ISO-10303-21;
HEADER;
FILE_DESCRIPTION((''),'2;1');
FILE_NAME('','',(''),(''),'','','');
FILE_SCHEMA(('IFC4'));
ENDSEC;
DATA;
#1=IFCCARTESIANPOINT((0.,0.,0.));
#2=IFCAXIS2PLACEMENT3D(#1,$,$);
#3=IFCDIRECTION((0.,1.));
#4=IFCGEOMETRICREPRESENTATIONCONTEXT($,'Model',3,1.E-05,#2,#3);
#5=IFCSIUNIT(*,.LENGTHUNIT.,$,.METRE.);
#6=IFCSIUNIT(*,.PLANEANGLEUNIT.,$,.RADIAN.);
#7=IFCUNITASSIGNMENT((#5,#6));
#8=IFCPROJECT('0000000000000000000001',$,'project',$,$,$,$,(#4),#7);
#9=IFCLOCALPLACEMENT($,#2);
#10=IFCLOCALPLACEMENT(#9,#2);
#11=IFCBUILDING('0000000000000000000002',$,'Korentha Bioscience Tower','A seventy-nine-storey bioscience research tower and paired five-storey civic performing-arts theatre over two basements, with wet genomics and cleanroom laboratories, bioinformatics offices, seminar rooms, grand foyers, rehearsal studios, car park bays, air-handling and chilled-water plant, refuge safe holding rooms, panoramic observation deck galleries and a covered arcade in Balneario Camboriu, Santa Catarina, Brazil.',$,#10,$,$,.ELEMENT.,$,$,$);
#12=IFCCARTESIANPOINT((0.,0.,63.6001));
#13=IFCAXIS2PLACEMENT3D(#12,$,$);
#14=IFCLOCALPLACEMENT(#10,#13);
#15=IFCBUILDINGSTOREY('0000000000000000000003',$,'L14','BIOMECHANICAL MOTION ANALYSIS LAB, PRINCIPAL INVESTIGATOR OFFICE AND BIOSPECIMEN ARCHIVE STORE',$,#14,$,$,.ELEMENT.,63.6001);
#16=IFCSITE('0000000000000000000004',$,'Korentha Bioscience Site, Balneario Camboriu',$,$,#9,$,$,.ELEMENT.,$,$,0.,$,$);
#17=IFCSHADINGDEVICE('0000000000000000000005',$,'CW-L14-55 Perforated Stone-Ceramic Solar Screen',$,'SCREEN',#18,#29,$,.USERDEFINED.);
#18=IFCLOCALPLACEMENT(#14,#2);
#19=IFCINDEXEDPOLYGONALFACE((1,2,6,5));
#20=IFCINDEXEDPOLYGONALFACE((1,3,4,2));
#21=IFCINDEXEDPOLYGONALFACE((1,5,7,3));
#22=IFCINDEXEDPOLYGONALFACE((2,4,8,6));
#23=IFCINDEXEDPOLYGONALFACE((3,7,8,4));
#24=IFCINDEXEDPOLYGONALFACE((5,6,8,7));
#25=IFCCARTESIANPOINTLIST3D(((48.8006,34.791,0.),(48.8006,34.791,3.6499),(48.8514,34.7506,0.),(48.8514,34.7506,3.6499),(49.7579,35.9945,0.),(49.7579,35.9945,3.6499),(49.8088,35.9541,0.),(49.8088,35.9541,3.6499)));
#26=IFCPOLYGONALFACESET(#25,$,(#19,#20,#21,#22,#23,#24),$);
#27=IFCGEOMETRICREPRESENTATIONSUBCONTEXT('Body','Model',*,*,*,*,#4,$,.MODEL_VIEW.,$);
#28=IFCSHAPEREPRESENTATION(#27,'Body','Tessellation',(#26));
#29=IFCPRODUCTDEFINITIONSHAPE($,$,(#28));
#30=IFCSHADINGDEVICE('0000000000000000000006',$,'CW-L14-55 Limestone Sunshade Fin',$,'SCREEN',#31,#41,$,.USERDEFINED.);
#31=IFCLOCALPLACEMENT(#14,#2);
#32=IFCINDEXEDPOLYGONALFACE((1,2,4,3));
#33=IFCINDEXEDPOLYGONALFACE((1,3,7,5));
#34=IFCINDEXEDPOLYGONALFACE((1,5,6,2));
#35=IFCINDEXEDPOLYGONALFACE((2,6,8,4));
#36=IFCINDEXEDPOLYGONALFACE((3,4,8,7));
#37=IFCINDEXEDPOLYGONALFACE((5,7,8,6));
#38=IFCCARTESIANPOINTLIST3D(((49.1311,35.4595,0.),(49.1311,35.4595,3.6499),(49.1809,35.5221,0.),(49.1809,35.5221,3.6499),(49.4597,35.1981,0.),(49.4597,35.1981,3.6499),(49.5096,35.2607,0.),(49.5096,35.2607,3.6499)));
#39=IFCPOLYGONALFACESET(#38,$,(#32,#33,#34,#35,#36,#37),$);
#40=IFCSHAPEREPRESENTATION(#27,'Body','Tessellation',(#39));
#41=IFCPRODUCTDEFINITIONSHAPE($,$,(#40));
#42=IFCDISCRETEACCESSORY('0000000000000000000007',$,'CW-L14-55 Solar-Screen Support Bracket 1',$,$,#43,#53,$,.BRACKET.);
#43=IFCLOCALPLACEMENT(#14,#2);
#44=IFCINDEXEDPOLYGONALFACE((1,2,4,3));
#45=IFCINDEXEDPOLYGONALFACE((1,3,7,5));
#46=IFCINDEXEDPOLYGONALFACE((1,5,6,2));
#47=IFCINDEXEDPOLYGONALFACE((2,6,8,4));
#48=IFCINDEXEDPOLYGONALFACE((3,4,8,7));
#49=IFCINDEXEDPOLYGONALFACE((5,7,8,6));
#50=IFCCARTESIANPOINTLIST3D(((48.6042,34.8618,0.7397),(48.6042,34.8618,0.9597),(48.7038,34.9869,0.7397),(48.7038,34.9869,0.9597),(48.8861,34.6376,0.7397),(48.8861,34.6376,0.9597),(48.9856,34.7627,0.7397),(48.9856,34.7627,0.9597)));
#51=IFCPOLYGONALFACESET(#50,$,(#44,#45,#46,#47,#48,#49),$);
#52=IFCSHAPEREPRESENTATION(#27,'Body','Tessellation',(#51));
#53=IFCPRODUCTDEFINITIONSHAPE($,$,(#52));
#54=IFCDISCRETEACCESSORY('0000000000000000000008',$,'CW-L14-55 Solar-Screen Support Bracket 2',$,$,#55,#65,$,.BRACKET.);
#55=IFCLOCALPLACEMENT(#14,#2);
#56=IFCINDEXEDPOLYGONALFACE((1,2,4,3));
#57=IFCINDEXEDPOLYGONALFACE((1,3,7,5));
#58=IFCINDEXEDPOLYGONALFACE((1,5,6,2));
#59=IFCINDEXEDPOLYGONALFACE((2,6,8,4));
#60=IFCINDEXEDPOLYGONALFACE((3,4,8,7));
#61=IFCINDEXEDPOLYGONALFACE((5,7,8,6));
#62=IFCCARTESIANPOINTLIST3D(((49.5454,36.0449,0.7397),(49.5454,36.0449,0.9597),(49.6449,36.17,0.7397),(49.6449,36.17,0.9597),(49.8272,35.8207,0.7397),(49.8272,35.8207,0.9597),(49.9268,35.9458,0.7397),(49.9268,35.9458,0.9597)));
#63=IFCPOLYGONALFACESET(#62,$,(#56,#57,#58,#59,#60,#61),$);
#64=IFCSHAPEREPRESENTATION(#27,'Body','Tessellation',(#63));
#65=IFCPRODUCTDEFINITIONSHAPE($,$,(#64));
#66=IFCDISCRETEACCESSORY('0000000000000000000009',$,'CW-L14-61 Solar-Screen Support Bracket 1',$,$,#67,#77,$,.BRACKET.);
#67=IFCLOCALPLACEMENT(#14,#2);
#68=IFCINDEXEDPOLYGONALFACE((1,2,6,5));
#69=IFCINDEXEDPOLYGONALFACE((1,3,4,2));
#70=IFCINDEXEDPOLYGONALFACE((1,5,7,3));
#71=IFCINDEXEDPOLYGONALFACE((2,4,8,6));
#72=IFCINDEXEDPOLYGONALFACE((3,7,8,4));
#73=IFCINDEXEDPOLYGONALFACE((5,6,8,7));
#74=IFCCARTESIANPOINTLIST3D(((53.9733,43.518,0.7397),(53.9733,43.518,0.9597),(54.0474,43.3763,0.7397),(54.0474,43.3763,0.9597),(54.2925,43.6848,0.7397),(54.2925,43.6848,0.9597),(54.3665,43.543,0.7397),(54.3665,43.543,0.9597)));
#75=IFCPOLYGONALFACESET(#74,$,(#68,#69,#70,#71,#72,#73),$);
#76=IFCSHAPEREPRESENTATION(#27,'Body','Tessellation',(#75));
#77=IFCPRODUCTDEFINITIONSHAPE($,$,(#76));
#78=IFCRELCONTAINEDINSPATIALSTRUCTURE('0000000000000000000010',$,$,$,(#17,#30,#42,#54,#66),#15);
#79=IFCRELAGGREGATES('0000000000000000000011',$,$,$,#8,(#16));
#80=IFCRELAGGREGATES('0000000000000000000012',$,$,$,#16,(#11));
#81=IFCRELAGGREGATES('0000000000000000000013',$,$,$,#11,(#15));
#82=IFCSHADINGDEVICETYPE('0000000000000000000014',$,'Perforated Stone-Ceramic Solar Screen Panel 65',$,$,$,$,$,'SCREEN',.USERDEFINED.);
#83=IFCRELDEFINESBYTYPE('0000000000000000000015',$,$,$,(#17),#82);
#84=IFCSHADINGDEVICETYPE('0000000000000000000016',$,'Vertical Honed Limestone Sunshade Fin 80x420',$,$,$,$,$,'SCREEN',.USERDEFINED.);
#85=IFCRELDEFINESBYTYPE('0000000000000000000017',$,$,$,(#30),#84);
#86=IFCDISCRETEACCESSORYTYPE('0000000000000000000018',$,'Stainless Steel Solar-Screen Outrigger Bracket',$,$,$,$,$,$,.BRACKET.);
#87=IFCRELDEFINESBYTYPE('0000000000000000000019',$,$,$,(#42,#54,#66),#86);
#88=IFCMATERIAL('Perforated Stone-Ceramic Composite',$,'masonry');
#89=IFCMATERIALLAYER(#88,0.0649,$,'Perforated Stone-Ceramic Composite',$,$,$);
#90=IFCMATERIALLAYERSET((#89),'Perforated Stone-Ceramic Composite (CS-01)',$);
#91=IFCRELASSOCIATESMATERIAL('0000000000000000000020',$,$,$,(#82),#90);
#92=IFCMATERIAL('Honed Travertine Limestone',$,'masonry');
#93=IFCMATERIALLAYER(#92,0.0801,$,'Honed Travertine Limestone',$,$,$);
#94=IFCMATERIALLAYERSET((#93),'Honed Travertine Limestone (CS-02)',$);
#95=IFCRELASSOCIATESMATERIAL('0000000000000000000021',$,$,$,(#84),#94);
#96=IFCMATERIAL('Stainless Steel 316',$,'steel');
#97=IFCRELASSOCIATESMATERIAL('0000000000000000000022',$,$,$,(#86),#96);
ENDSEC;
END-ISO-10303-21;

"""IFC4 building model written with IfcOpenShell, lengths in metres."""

from ifc_helpers import new_model, si_unit, direction, frame, origin, origin_2d, place, context, subcontext, project, spatial, rectangle, extrude, material, layer, layer_set, type_object, element, save


model = new_model("IFC4")

# Units and contexts
model_context = context("Model", 3, precision=1e-05, world=origin(), true_north=direction((0.0, 1.0)))
body_context = subcontext(model_context, "Body", "Model", "MODEL_VIEW")
ifc_project = project(units=[si_unit("LENGTHUNIT", "METRE"), si_unit("PLANEANGLEUNIT", "RADIAN")], contexts=[model_context])

# Site, building, storey
site_placement = place(None, origin())
site = spatial("IfcSite", under=ifc_project, at=site_placement, Name="Korentha Bioscience Site, Balneario Camboriu", CompositionType="ELEMENT", RefElevation=0.0)
building_placement = place(site_placement, origin())
building = spatial("IfcBuilding", under=site, at=building_placement, Name="Korentha Bioscience Tower", Description="A seventy-nine-storey bioscience research tower and paired five-storey civic performing-arts theatre over two basements, with wet genomics and cleanroom laboratories, bioinformatics offices, seminar rooms, grand foyers, rehearsal studios, car park bays, air-handling and chilled-water plant, refuge safe holding rooms, panoramic observation deck galleries and a covered arcade in Balneario Camboriu, Santa Catarina, Brazil.", CompositionType="ELEMENT")
storey_placement = place(building_placement, frame((0.0, 0.0, 63.6001)))
storey = spatial("IfcBuildingStorey", under=building, at=storey_placement, Name="L14", Description="BIOMECHANICAL MOTION ANALYSIS LAB, PRINCIPAL INVESTIGATOR OFFICE AND BIOSPECIMEN ARCHIVE STORE", CompositionType="ELEMENT", Elevation=63.6001)

# Shading devices
ifc_material_1 = material(Name="Perforated Stone-Ceramic Composite", Category="masonry")
ifc_layer_1 = layer(ifc_material_1, 0.0649, Name="Perforated Stone-Ceramic Composite")
ifc_layer_set_1 = layer_set([ifc_layer_1], Name="Perforated Stone-Ceramic Composite (CS-01)")
shading_device_type_1 = type_object("IfcShadingDeviceType", Name="Perforated Stone-Ceramic Solar Screen Panel 65", ElementType="SCREEN", PredefinedType="USERDEFINED", material=ifc_layer_set_1)
shading_device_1_placement = place(storey_placement, frame((49.3047, 35.3726, 0.0), z_axis=(0.0, 0.0, 1.0), x_axis=(0.62252, 0.782604, 0.0)))
element("IfcShadingDevice", 1, at=shading_device_1_placement, inside=storey, type_object=shading_device_type_1, Name="CW-L14-55 Perforated Stone-Ceramic Solar Screen", ObjectType="SCREEN", PredefinedType="USERDEFINED", context=body_context, shape_type="SweptSolid", body=[
    extrude(rectangle(XDim=1.5378, YDim=0.0649, at=origin_2d()), origin(), (0.0, 0.0, 1.0), 3.6499),
])
ifc_material_2 = material(Name="Honed Travertine Limestone", Category="masonry")
ifc_layer_2 = layer(ifc_material_2, 0.0801, Name="Honed Travertine Limestone")
ifc_layer_set_2 = layer_set([ifc_layer_2], Name="Honed Travertine Limestone (CS-02)")
shading_device_type_2 = type_object("IfcShadingDeviceType", Name="Vertical Honed Limestone Sunshade Fin 80x420", ElementType="SCREEN", PredefinedType="USERDEFINED", material=ifc_layer_set_2)
shading_device_2_placement = place(storey_placement, frame((49.3203, 35.3601, 0.0), z_axis=(0.0, 0.0, 1.0), x_axis=(0.62252, 0.782604, 0.0)))
element("IfcShadingDevice", 2, at=shading_device_2_placement, inside=storey, type_object=shading_device_type_2, Name="CW-L14-55 Limestone Sunshade Fin", ObjectType="SCREEN", PredefinedType="USERDEFINED", context=body_context, shape_type="SweptSolid", body=[
    extrude(rectangle(XDim=0.0801, YDim=0.4199, at=origin_2d()), origin(), (0.0, 0.0, 1.0), 3.6499),
])

# Discrete accessories
ifc_material_3 = material(Name="Stainless Steel 316", Category="steel")
discrete_accessory_type = type_object("IfcDiscreteAccessoryType", Name="Stainless Steel Solar-Screen Outrigger Bracket", PredefinedType="BRACKET", material=ifc_material_3)
for number, where, z_axis, x_axis, name in (
    (3, (48.7949, 34.8123, 0.7397), (0.0, 0.0, 1.0), (0.62252, 0.782604, 0.0), "CW-L14-55 Solar-Screen Support Bracket 1"),
    (4, (49.7361, 35.9954, 0.7397), (0.0, 0.0, 1.0), (0.62252, 0.782604, 0.0), "CW-L14-55 Solar-Screen Support Bracket 2"),
    (5, (54.1699, 43.5305, 0.7397), (0.0, 0.0, 1.0), (-0.463009, 0.886354, 0.0), "CW-L14-61 Solar-Screen Support Bracket 1"),
):
    element("IfcDiscreteAccessory", number, at=place(storey_placement, frame(where, z_axis=z_axis, x_axis=x_axis)), inside=storey, type_object=discrete_accessory_type, Name=name, PredefinedType="BRACKET", context=body_context, shape_type="SweptSolid", body=[
        extrude(rectangle(XDim=0.1599, YDim=0.3601, at=origin_2d()), origin(), (0.0, 0.0, 1.0), 0.22),
    ])

save(model, "model.ifc")
